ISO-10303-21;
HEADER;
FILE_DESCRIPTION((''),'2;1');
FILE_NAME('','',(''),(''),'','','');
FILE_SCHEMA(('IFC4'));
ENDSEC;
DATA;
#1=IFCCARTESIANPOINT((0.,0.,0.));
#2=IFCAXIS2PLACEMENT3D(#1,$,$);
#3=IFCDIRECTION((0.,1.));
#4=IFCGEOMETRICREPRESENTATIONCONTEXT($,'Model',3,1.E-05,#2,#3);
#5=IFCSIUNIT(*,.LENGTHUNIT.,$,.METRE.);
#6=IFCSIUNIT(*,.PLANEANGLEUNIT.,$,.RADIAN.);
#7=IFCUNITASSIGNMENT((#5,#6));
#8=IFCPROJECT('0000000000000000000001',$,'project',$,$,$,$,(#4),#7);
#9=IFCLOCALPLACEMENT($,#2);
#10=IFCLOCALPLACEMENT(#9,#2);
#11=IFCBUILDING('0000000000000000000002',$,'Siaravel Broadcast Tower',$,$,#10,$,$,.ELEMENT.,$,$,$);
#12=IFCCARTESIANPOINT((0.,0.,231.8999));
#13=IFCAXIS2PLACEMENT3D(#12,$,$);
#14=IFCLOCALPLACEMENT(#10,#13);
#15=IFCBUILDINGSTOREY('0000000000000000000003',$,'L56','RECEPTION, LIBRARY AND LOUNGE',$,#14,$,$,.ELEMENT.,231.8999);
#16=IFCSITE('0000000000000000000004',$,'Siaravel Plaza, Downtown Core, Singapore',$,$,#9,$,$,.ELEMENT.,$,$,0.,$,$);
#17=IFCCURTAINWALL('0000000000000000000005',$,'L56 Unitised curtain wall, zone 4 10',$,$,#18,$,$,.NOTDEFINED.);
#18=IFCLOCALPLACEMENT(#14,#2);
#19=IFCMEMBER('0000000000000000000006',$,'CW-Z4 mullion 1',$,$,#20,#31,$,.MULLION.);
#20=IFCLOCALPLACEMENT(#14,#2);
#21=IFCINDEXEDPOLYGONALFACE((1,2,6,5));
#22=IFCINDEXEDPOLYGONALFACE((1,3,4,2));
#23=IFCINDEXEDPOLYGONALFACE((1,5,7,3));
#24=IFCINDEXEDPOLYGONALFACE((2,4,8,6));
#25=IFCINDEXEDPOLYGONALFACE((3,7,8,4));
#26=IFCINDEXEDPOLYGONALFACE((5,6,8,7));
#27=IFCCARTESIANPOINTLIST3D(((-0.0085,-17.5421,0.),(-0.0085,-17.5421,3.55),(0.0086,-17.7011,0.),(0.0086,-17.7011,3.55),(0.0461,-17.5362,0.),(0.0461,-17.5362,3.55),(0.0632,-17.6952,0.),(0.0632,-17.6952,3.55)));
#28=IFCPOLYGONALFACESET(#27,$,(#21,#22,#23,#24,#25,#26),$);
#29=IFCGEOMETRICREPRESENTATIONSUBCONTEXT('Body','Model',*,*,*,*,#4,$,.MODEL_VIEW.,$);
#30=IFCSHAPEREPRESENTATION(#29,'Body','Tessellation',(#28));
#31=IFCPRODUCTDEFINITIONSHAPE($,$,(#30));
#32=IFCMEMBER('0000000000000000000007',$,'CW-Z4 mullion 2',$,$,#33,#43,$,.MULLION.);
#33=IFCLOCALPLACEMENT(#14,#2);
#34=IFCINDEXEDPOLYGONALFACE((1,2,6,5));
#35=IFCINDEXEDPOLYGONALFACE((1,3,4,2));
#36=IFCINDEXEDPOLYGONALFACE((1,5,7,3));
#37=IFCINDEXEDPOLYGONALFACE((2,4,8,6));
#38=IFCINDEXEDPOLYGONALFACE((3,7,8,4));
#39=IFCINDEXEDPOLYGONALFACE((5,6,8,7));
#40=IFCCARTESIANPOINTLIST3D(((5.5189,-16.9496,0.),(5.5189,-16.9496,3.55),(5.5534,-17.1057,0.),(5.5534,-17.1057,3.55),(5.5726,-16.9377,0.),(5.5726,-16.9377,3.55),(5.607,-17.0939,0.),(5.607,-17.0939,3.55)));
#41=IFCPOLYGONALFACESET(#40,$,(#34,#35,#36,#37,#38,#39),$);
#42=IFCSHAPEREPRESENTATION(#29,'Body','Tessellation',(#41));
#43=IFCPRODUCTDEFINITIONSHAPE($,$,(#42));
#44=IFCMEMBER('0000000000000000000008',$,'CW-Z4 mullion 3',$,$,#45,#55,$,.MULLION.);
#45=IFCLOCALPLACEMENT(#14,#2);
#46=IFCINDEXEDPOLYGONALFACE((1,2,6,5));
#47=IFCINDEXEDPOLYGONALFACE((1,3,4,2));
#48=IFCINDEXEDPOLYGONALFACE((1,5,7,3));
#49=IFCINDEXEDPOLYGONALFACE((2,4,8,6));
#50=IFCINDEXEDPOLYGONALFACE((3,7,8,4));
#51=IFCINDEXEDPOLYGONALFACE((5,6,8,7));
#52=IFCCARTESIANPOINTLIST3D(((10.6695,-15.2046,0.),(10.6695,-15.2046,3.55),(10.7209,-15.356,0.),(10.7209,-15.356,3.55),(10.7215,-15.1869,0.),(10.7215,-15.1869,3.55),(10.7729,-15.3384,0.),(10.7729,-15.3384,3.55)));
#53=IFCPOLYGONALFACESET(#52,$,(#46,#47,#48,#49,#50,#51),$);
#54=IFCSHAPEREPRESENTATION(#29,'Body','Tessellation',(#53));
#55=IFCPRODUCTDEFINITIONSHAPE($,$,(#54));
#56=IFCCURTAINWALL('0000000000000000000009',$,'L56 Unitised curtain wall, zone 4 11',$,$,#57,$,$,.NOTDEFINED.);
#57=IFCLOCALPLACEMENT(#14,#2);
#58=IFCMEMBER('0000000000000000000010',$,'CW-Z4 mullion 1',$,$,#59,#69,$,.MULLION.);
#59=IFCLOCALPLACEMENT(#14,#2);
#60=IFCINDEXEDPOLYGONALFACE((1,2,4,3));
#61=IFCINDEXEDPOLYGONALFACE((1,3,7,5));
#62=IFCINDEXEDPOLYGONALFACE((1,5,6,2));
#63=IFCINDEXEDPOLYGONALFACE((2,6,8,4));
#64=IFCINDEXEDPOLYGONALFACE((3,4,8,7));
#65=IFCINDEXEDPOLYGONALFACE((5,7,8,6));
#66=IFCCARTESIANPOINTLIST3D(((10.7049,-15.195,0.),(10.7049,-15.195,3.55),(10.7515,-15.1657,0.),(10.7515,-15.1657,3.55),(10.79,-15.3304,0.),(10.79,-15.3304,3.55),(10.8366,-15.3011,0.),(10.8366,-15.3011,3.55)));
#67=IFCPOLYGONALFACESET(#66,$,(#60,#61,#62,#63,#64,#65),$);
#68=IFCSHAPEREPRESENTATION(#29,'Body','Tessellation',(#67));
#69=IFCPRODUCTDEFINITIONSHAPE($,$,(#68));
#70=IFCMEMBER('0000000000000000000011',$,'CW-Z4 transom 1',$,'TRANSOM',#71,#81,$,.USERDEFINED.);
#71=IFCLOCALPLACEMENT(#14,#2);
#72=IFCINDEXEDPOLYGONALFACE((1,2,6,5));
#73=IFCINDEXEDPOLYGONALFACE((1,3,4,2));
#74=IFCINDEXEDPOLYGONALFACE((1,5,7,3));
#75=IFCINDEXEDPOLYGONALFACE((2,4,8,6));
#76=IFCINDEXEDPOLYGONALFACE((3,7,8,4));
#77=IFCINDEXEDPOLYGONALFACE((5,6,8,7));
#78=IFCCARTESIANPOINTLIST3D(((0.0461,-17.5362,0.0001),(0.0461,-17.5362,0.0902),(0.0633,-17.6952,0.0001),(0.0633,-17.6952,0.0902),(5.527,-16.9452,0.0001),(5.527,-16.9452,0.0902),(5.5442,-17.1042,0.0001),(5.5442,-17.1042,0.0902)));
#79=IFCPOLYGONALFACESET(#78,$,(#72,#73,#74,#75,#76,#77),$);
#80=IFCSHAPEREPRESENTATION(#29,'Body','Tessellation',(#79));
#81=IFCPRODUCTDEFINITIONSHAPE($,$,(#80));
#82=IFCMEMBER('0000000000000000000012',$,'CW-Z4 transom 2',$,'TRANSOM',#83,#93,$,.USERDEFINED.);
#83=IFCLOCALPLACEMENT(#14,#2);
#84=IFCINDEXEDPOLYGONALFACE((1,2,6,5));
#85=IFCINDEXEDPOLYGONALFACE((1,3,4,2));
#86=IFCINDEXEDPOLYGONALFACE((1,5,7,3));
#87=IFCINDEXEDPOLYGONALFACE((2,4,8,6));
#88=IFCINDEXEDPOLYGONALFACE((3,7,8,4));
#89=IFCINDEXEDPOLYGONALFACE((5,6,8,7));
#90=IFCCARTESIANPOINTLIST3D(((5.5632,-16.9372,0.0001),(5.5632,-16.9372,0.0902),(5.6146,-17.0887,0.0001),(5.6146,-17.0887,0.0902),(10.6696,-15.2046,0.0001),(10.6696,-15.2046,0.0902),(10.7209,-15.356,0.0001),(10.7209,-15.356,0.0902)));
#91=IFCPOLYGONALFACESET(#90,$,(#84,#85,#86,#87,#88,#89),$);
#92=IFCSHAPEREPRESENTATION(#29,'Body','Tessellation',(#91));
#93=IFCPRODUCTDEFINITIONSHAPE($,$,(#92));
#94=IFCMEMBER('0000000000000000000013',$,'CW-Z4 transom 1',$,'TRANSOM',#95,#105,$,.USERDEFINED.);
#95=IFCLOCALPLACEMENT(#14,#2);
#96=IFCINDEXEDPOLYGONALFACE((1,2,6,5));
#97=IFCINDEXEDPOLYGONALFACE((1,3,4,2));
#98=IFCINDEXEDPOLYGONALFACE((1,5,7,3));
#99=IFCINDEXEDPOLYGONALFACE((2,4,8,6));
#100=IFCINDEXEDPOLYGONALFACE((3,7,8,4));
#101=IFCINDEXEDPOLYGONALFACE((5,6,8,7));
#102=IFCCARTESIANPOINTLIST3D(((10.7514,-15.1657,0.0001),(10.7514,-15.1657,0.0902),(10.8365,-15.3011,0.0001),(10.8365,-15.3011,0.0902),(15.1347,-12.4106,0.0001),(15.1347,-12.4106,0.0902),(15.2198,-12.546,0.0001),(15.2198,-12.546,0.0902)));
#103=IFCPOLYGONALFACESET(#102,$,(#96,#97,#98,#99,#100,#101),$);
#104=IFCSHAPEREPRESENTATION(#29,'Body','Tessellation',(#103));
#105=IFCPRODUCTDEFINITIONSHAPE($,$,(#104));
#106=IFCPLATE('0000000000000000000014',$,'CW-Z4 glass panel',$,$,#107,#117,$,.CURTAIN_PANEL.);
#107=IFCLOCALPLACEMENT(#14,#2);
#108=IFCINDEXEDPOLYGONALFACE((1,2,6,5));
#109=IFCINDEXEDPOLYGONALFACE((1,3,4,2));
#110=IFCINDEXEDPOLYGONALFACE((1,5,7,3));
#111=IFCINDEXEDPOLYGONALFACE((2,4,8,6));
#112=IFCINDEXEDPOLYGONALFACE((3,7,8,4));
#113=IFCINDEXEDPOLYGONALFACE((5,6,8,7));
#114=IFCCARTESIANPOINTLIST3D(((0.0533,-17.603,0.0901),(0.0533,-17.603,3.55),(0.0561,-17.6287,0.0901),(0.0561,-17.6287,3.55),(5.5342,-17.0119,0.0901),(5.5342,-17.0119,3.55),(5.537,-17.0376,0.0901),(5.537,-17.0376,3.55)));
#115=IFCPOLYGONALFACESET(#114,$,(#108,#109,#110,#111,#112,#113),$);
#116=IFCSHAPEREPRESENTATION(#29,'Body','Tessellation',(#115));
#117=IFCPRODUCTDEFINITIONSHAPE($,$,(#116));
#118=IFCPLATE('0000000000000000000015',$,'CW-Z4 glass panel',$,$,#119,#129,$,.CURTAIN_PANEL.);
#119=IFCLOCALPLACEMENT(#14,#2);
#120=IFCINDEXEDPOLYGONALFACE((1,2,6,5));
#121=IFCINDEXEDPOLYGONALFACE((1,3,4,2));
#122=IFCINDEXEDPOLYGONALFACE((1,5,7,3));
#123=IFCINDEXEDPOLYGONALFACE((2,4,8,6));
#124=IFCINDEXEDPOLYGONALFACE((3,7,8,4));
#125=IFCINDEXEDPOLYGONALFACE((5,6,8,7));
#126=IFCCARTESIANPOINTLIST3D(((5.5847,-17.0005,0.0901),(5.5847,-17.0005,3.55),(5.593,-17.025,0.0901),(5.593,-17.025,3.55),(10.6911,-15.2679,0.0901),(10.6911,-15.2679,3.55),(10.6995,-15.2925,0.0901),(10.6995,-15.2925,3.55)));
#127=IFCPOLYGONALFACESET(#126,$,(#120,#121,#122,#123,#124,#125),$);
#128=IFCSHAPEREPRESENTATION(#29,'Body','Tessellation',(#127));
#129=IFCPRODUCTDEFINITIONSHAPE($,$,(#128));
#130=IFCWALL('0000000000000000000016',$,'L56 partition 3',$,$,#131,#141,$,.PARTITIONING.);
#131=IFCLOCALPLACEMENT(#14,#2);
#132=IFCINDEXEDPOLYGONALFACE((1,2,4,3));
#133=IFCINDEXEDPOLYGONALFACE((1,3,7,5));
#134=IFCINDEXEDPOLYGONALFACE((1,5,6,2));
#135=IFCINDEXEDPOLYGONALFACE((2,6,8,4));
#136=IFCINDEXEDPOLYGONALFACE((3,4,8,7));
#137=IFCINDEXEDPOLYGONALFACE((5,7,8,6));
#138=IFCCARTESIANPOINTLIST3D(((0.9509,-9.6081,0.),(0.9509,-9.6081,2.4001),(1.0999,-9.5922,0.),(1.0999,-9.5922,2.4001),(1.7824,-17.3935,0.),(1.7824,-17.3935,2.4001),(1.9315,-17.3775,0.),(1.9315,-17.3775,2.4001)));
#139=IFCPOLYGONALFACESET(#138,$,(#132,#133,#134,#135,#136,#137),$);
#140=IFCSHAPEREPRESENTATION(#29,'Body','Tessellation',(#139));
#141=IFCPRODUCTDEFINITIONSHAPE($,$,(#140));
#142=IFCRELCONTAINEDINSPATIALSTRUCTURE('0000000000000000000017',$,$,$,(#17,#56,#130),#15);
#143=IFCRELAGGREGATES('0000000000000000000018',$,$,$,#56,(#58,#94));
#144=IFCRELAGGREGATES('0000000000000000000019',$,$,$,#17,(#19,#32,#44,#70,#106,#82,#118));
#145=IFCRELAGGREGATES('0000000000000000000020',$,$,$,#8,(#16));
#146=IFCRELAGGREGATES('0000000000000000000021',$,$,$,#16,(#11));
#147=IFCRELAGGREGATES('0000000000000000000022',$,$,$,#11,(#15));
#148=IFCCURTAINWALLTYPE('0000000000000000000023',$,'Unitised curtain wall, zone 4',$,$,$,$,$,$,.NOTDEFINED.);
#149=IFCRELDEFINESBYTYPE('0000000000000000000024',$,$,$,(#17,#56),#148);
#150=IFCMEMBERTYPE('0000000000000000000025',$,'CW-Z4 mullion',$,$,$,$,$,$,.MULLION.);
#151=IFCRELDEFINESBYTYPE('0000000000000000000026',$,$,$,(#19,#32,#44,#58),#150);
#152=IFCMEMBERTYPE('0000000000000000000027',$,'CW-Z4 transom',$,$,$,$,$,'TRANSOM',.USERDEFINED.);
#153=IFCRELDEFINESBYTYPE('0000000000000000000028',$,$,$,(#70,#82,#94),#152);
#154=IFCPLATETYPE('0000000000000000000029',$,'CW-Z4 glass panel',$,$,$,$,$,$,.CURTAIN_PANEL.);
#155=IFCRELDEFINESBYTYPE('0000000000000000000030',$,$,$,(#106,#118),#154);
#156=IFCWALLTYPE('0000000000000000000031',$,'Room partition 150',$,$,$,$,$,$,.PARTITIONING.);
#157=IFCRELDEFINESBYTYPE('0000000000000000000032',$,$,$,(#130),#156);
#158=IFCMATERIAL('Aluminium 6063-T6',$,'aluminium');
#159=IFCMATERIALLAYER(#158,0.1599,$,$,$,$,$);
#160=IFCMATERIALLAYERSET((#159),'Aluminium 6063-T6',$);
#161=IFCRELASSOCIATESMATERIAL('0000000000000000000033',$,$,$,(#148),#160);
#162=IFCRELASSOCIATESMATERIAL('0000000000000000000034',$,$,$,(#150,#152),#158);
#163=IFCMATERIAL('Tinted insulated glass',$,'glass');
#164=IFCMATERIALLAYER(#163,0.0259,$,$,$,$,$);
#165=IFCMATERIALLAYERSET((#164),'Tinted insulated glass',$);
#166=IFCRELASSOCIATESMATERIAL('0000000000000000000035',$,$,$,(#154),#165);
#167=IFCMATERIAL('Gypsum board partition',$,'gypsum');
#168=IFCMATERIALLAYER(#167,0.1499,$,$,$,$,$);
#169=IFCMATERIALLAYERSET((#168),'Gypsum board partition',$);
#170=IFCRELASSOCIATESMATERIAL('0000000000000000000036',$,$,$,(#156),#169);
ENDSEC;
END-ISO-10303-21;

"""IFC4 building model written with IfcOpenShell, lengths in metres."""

from ifc_helpers import new_model, si_unit, direction, frame, frame_2d, origin, origin_2d, place, context, subcontext, project, spatial, rectangle, extrude, material, layer, layer_set, material_profile, profile_set, type_object, element, aggregate, save


model = new_model("IFC4")

# Units and contexts
model_context = context("Model", 3, precision=1e-05, world=origin(), true_north=direction((0.0, 1.0)))
body_context = subcontext(model_context, "Body", "Model", "MODEL_VIEW")
ifc_project = project(units=[si_unit("LENGTHUNIT", "METRE"), si_unit("PLANEANGLEUNIT", "RADIAN")], contexts=[model_context])

# Site, building, storey
site_placement = place(None, origin())
site = spatial("IfcSite", under=ifc_project, at=site_placement, Name="Siaravel Plaza, Downtown Core, Singapore", CompositionType="ELEMENT", RefElevation=0.0)
building_placement = place(site_placement, origin())
building = spatial("IfcBuilding", under=site, at=building_placement, Name="Siaravel Broadcast Tower", CompositionType="ELEMENT")
storey_placement = place(building_placement, frame((0.0, 0.0, 231.8999)))
storey = spatial("IfcBuildingStorey", under=building, at=storey_placement, Name="L56", Description="RECEPTION, LIBRARY AND LOUNGE", CompositionType="ELEMENT", Elevation=231.8999)

# Curtain wall, members
ifc_material_1 = material(Name="Aluminium 6063-T6", Category="aluminium")
ifc_layer_1 = layer(ifc_material_1, 0.1599)
ifc_layer_set_1 = layer_set([ifc_layer_1], Name="Aluminium 6063-T6")
curtain_wall_type = type_object("IfcCurtainWallType", Name="Unitised curtain wall, zone 4", PredefinedType="NOTDEFINED", material=ifc_layer_set_1)
curtain_wall_1_placement = place(storey_placement, origin())
curtain_wall_1 = element("IfcCurtainWall", 1, at=curtain_wall_1_placement, inside=storey, type_object=curtain_wall_type, Name="L56 Unitised curtain wall, zone 4 10", PredefinedType="NOTDEFINED")
ifc_material_profile_1 = material_profile(ifc_material_1, rectangle(XDim=0.1599, YDim=0.0549, at=origin_2d()))
ifc_profile_set_1 = profile_set([ifc_material_profile_1], Name="Aluminium 6063-T6")
member_type_1 = type_object("IfcMemberType", Name="CW-Z4 mullion", PredefinedType="MULLION", material=ifc_profile_set_1)
member_1_placement = place(storey_placement, frame((0.0273, -17.6187, 0.0), z_axis=(0.0, 0.0, 1.0), x_axis=(-0.107218, 0.994236, 0.0)))
member_1 = element("IfcMember", 2, at=member_1_placement, type_object=member_type_1, Name="CW-Z4 mullion 1", PredefinedType="MULLION", context=body_context, shape_type="SweptSolid", body=[
    extrude(rectangle(XDim=0.1599, YDim=0.0549, at=origin_2d()), origin(), (0.0, 0.0, 1.0), 3.55),
])
member_2_placement = place(storey_placement, frame((5.563, -17.0217, 0.0), z_axis=(0.0, 0.0, 1.0), x_axis=(-0.215559, 0.976491, 0.0)))
member_2 = element("IfcMember", 3, at=member_2_placement, type_object=member_type_1, Name="CW-Z4 mullion 2", PredefinedType="MULLION", context=body_context, shape_type="SweptSolid", body=[
    extrude(rectangle(XDim=0.1599, YDim=0.0549, at=origin_2d()), origin(), (0.0, 0.0, 1.0), 3.55),
])
member_3_placement = place(storey_placement, frame((10.7212, -15.2715, 0.0), z_axis=(0.0, 0.0, 1.0), x_axis=(-0.321301, 0.946977, 0.0)))
member_3 = element("IfcMember", 4, at=member_3_placement, type_object=member_type_1, Name="CW-Z4 mullion 3", PredefinedType="MULLION", context=body_context, shape_type="SweptSolid", body=[
    extrude(rectangle(XDim=0.1599, YDim=0.0549, at=origin_2d()), origin(), (0.0, 0.0, 1.0), 3.55),
])

# Curtain wall, member
curtain_wall_2_placement = place(storey_placement, origin())
curtain_wall_2 = element("IfcCurtainWall", 5, at=curtain_wall_2_placement, inside=storey, type_object=curtain_wall_type, Name="L56 Unitised curtain wall, zone 4 11", PredefinedType="NOTDEFINED")
member_4_placement = place(storey_placement, frame((10.7708, -15.248, 0.0), z_axis=(0.0, 0.0, 1.0), x_axis=(-0.53215, 0.84665, 0.0)))
member_4 = element("IfcMember", 6, at=member_4_placement, type_object=member_type_1, Name="CW-Z4 mullion 1", PredefinedType="MULLION", context=body_context, shape_type="SweptSolid", body=[
    extrude(rectangle(XDim=0.1599, YDim=0.0549, at=origin_2d()), origin(), (0.0, 0.0, 1.0), 3.55),
])

# Members
ifc_material_profile_2 = material_profile(ifc_material_1, rectangle(XDim=0.1599, YDim=0.0901, at=origin_2d()))
ifc_profile_set_2 = profile_set([ifc_material_profile_2], Name="Aluminium 6063-T6")
member_type_2 = type_object("IfcMemberType", Name="CW-Z4 transom", ElementType="TRANSOM", PredefinedType="USERDEFINED", material=ifc_profile_set_2)
member_5_placement = place(storey_placement, frame((0.0547, -17.6157, 0.0452), z_axis=(0.994236, 0.107218, 0.0), x_axis=(-0.107218, 0.994236, 0.0)))
member_5 = element("IfcMember", 7, at=member_5_placement, type_object=member_type_2, Name="CW-Z4 transom 1", ObjectType="TRANSOM", PredefinedType="USERDEFINED", context=body_context, shape_type="SweptSolid", body=[
    extrude(rectangle(XDim=0.1599, YDim=0.0901, at=origin_2d()), origin(), (0.0, 0.0, 1.0), 5.5127),
])
member_6_placement = place(storey_placement, frame((5.5889, -17.0129, 0.0452), z_axis=(0.946972, 0.321317, 0.0), x_axis=(-0.321317, 0.946972, 0.0)))
member_6 = element("IfcMember", 8, at=member_6_placement, type_object=member_type_2, Name="CW-Z4 transom 2", ObjectType="TRANSOM", PredefinedType="USERDEFINED", context=body_context, shape_type="SweptSolid", body=[
    extrude(rectangle(XDim=0.1599, YDim=0.0901, at=origin_2d()), origin(), (0.0, 0.0, 1.0), 5.3923),
])
member_7_placement = place(storey_placement, frame((10.7939, -15.2334, 0.0452), z_axis=(0.846644, 0.532159, 0.0), x_axis=(-0.532159, 0.846644, 0.0)))
member_7 = element("IfcMember", 9, at=member_7_placement, type_object=member_type_2, Name="CW-Z4 transom 1", ObjectType="TRANSOM", PredefinedType="USERDEFINED", context=body_context, shape_type="SweptSolid", body=[
    extrude(rectangle(XDim=0.1599, YDim=0.0901, at=origin_2d()), origin(), (0.0, 0.0, 1.0), 5.1772),
])
aggregate(curtain_wall_2, [member_4, member_7])

# Plates
ifc_material_2 = material(Name="Tinted insulated glass", Category="glass")
ifc_layer_2 = layer(ifc_material_2, 0.0259)
ifc_layer_set_2 = layer_set([ifc_layer_2], Name="Tinted insulated glass")
plate_type = type_object("IfcPlateType", Name="CW-Z4 glass panel", PredefinedType="CURTAIN_PANEL", material=ifc_layer_set_2)
plate_1_placement = place(storey_placement, frame((2.7952, -17.3203, 0.0901), z_axis=(0.0, 0.0, 1.0), x_axis=(0.994236, 0.107218, 0.0)))
plate_1 = element("IfcPlate", 10, at=plate_1_placement, type_object=plate_type, Name="CW-Z4 glass panel", PredefinedType="CURTAIN_PANEL", context=body_context, shape_type="SweptSolid", body=[
    extrude(rectangle(XDim=5.5127, YDim=0.0259, at=origin_2d()), origin(), (0.0, 0.0, 1.0), 3.46),
])
plate_2_placement = place(storey_placement, frame((8.1421, -16.1465, 0.0901), z_axis=(0.0, 0.0, 1.0), x_axis=(0.946977, 0.321301, 0.0)))
plate_2 = element("IfcPlate", 11, at=plate_2_placement, type_object=plate_type, Name="CW-Z4 glass panel", PredefinedType="CURTAIN_PANEL", context=body_context, shape_type="SweptSolid", body=[
    extrude(rectangle(XDim=5.3923, YDim=0.0259, at=origin_2d()), origin(), (0.0, 0.0, 1.0), 3.46),
])
aggregate(curtain_wall_1, [member_1, member_2, member_3, member_5, plate_1, member_6, plate_2])

# Wall
ifc_material_3 = material(Name="Gypsum board partition", Category="gypsum")
ifc_layer_3 = layer(ifc_material_3, 0.1499)
ifc_layer_set_3 = layer_set([ifc_layer_3], Name="Gypsum board partition")
wall_type = type_object("IfcWallType", Name="Room partition 150", PredefinedType="PARTITIONING", material=ifc_layer_set_3)
wall_placement = place(storey_placement, frame((1.8569, -17.3855, 0.0), z_axis=(0.0, 0.0, 1.0), x_axis=(-0.106204, 0.994344, 0.0)))
element("IfcWall", 12, at=wall_placement, inside=storey, type_object=wall_type, Name="L56 partition 3", PredefinedType="PARTITIONING", context=body_context, shape_type="SweptSolid", body=[
    extrude(rectangle(XDim=7.8296, YDim=0.1499, at=frame_2d((3.9148, 0.0))), origin(), (0.0, 0.0, 1.0), 2.4001),
])

save(model, "model.ifc")
